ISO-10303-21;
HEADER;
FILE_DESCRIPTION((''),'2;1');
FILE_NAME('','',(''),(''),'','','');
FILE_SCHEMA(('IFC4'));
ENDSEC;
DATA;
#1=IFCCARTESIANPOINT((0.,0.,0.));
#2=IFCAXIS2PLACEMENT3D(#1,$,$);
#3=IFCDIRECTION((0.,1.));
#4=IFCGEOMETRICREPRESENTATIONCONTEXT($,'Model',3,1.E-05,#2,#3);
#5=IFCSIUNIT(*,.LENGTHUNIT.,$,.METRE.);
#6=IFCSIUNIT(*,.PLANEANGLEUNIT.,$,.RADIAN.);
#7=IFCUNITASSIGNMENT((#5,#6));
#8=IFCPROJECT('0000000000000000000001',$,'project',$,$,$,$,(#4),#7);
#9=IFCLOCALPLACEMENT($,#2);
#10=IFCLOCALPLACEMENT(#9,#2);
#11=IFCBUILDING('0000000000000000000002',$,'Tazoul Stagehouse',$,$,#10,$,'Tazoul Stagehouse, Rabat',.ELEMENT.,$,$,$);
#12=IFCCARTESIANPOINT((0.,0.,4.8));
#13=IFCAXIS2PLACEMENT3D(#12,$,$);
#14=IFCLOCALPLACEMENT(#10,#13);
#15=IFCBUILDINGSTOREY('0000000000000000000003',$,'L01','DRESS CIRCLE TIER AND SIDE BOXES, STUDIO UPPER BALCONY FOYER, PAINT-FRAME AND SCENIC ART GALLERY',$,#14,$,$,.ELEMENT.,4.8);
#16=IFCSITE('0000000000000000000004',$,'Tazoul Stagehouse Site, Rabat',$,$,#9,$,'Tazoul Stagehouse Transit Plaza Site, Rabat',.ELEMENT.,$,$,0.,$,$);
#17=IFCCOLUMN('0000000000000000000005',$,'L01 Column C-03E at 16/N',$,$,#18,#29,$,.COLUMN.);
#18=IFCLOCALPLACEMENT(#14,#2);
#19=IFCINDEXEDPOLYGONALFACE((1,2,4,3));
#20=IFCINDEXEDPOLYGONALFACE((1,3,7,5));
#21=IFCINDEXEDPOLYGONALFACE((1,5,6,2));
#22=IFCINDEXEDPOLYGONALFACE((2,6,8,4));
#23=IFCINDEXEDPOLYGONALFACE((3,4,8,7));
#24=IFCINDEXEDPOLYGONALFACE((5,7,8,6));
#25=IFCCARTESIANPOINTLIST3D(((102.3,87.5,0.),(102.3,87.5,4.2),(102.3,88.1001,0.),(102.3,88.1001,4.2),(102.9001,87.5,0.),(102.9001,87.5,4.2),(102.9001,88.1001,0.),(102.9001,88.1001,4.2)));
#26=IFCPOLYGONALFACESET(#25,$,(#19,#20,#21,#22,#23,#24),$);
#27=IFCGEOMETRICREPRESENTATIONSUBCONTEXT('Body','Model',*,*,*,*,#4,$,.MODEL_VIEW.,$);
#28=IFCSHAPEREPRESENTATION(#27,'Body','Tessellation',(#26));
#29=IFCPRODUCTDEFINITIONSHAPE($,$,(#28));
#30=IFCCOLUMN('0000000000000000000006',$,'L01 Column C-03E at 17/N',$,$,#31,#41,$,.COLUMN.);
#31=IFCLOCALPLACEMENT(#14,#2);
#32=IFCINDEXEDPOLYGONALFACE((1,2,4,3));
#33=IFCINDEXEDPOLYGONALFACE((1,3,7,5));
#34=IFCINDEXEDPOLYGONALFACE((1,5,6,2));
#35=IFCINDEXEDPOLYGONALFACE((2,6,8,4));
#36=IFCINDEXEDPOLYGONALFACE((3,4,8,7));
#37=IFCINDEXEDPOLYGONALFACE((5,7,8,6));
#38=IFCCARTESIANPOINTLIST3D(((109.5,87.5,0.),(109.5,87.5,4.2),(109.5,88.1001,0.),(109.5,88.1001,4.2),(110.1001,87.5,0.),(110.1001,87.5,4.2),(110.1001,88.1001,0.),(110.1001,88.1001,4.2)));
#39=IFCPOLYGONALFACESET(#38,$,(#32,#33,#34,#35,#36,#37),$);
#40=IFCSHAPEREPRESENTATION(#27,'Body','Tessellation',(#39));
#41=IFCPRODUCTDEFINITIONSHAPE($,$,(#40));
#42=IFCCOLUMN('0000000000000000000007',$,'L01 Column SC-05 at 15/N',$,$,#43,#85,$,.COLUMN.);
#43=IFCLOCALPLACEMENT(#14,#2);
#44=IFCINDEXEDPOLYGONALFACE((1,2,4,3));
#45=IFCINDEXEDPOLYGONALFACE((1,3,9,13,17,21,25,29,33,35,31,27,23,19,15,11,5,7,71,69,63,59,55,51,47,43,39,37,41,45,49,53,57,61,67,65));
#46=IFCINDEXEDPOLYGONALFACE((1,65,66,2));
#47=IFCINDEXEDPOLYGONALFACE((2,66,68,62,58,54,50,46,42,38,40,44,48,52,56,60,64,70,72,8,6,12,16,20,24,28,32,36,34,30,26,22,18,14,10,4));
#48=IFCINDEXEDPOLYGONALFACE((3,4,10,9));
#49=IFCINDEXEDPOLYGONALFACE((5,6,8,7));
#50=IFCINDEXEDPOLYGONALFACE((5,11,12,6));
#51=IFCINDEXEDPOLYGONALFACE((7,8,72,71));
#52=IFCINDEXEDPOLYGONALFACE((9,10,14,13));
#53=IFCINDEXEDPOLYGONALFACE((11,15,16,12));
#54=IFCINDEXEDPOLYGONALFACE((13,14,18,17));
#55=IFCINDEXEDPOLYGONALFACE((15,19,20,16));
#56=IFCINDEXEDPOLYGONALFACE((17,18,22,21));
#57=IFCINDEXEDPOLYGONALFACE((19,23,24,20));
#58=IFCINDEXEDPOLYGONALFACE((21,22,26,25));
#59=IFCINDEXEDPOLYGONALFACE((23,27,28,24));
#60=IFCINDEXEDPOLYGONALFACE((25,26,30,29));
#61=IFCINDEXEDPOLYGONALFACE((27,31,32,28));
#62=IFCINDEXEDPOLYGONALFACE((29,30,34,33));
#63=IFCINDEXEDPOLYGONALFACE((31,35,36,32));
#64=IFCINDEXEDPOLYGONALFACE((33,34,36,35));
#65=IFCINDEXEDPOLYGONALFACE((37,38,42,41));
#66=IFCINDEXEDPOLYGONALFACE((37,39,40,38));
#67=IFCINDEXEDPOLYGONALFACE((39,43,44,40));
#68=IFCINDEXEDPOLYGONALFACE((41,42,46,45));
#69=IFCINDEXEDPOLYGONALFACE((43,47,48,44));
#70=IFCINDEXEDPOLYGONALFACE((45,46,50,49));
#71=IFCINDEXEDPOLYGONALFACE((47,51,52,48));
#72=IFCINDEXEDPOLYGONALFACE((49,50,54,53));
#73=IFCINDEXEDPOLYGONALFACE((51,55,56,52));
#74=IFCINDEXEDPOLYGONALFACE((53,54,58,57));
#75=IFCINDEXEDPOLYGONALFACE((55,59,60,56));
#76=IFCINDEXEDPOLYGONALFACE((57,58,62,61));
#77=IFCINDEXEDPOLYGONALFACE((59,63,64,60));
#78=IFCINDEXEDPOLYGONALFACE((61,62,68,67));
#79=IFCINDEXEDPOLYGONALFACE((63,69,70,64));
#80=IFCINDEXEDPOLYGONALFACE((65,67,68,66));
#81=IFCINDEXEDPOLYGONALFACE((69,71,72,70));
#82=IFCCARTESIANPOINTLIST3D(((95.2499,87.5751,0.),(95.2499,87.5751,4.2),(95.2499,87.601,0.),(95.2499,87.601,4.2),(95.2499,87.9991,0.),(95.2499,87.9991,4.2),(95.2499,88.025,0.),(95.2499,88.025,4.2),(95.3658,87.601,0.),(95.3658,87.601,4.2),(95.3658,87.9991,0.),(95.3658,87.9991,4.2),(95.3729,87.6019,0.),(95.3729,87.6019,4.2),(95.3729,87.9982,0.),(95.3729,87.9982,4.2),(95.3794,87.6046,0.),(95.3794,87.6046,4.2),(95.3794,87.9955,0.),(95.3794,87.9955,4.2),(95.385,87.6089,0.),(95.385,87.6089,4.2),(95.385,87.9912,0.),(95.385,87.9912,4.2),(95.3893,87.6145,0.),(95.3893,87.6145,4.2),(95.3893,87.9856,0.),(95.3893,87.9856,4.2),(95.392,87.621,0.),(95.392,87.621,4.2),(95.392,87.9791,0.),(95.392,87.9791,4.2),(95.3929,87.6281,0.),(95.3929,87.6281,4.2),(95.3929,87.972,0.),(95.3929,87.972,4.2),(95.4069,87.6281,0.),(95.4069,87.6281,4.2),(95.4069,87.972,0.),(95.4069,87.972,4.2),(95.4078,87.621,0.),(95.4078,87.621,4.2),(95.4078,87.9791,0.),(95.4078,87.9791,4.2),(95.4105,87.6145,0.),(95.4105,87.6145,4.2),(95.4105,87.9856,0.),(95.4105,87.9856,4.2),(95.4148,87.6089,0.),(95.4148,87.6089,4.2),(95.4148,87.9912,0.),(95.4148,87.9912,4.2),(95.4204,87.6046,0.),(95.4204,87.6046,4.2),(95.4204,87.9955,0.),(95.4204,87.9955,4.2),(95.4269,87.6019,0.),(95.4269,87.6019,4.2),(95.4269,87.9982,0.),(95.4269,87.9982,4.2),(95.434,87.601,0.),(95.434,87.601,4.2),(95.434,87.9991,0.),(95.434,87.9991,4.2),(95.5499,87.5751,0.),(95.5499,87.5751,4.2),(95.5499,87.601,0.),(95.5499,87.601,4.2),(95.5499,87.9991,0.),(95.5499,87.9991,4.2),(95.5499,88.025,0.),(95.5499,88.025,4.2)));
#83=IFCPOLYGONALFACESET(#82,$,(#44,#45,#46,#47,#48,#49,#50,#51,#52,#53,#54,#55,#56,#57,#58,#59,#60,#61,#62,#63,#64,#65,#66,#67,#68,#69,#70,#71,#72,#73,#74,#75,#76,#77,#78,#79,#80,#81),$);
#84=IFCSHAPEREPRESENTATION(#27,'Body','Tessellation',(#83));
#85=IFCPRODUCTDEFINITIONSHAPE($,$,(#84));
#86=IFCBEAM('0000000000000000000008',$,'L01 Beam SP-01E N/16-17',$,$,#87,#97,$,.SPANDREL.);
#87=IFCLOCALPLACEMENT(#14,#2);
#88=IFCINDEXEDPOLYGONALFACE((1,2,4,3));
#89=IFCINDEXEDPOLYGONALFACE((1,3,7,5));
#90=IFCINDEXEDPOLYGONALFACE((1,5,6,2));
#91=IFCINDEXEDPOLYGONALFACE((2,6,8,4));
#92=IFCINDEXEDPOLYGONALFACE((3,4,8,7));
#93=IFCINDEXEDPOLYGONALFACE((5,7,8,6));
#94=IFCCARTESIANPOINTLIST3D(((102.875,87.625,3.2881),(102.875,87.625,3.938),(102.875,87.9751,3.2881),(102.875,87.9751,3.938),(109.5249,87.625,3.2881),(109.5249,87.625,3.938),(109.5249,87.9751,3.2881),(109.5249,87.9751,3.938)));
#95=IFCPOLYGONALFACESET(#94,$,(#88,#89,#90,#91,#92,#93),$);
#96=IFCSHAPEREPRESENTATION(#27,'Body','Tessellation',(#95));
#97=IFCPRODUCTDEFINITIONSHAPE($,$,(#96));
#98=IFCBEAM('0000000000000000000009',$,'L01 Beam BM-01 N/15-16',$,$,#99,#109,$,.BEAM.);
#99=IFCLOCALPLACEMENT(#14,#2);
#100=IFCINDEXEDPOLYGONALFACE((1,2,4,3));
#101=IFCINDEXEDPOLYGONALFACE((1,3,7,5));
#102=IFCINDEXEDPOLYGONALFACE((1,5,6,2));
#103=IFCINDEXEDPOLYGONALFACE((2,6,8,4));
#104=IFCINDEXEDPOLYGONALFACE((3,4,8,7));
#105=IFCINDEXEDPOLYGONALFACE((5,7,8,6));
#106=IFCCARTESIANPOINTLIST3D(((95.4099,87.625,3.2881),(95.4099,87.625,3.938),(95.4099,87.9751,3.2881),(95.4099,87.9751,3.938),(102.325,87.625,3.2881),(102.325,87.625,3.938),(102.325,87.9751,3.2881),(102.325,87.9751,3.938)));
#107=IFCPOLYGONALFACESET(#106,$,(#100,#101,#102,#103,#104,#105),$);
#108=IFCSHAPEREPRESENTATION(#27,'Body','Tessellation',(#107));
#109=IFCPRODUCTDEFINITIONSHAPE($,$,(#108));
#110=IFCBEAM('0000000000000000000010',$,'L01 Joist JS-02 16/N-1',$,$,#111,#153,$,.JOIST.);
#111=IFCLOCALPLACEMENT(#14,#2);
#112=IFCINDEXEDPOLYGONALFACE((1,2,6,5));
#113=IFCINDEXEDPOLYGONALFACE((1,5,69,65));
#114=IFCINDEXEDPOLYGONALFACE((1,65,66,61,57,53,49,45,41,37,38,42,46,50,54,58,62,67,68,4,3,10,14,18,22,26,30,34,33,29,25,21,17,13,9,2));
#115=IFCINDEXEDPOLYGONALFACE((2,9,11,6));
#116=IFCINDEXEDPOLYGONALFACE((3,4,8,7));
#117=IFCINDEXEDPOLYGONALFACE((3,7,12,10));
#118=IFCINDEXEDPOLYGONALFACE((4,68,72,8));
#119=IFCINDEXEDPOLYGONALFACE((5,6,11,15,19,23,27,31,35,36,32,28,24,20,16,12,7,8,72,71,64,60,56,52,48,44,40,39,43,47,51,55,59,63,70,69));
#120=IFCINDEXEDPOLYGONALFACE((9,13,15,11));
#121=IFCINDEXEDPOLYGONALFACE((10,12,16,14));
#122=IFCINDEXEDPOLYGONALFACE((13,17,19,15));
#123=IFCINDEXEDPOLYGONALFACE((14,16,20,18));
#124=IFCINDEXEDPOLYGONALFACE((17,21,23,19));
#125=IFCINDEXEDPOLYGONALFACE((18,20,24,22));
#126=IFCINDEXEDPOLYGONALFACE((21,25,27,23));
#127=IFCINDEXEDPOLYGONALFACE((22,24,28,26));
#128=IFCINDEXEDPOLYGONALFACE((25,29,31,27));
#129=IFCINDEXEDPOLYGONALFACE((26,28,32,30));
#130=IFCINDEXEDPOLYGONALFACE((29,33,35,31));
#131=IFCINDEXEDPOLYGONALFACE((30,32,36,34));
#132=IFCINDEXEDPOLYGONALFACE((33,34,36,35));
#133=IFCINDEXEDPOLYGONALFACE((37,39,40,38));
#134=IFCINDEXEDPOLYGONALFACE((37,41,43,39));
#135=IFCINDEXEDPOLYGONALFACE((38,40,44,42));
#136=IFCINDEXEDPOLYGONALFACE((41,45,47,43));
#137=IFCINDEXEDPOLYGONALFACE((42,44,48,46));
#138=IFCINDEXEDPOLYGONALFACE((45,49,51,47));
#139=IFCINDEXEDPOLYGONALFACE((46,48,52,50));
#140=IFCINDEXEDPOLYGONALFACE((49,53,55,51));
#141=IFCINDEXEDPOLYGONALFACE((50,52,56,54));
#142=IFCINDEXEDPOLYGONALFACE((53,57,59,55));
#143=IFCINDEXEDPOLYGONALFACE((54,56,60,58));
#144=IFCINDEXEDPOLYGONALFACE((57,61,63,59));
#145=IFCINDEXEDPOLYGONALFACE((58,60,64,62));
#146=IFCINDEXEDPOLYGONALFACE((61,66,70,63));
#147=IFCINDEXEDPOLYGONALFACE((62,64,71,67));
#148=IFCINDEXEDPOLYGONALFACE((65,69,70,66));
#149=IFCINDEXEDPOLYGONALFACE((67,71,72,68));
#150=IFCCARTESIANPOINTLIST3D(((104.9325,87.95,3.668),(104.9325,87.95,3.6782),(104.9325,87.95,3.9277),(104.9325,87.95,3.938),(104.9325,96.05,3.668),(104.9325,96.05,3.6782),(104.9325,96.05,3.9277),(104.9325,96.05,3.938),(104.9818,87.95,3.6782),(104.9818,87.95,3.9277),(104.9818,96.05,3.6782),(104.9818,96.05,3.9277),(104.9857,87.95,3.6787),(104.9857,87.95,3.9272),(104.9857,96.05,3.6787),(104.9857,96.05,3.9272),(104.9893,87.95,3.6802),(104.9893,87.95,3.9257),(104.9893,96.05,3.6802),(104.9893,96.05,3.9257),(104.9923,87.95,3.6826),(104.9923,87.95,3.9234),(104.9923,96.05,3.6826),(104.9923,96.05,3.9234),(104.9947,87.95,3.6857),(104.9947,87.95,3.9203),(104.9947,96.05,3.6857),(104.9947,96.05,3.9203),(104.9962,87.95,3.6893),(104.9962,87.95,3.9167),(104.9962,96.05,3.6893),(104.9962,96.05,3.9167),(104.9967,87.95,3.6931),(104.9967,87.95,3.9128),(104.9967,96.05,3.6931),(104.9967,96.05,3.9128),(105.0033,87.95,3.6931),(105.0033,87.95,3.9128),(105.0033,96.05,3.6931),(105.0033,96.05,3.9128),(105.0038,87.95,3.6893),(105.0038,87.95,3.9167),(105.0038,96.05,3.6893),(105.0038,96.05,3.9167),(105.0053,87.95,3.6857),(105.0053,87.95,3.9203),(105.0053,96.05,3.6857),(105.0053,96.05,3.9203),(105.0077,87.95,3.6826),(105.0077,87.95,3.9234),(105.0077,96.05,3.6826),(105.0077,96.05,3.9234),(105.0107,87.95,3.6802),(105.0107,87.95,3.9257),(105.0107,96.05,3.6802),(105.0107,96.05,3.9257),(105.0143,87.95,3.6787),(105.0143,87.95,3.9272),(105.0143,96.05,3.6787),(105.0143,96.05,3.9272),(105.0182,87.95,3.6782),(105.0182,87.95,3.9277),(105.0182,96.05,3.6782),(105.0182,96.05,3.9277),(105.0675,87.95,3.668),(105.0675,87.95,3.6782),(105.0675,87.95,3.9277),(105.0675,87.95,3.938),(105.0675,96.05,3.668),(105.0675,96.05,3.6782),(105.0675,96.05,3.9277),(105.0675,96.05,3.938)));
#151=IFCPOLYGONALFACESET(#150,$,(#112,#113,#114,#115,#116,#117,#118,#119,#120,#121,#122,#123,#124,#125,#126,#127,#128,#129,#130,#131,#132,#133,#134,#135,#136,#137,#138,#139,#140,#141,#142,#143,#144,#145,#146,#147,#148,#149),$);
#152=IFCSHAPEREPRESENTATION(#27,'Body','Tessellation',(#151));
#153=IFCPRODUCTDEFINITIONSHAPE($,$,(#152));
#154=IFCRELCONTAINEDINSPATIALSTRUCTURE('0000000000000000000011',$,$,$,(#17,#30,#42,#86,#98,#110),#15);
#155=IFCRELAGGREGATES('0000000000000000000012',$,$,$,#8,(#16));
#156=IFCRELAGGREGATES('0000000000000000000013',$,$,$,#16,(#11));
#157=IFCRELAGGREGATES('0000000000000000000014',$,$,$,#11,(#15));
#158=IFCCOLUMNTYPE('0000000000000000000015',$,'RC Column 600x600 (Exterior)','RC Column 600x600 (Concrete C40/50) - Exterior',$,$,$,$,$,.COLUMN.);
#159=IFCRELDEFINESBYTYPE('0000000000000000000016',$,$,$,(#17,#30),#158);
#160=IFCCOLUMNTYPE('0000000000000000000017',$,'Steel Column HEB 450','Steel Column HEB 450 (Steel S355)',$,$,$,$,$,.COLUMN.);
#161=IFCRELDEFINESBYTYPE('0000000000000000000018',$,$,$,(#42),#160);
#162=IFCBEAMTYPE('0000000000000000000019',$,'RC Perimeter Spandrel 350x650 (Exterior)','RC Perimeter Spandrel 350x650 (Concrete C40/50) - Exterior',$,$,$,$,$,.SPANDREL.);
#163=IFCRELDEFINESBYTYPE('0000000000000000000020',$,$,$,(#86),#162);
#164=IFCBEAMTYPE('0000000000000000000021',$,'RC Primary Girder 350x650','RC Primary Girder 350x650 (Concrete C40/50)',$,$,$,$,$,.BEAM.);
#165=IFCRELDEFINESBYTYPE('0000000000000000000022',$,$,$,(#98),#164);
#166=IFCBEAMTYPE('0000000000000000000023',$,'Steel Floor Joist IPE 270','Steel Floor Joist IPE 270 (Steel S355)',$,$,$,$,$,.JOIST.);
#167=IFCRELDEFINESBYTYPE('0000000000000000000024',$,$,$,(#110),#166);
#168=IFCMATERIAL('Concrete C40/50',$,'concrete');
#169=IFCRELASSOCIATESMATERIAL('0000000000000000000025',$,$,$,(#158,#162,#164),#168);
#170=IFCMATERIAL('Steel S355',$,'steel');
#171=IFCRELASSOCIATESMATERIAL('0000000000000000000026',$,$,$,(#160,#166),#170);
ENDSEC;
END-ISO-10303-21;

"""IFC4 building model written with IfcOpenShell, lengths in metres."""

from ifc_helpers import new_model, si_unit, direction, frame, origin, origin_2d, place, context, subcontext, project, spatial, rectangle, i_section, extrude, material, material_profile, profile_set, type_object, element, save


model = new_model("IFC4")

# Units and contexts
model_context = context("Model", 3, precision=1e-05, world=origin(), true_north=direction((0.0, 1.0)))
body_context = subcontext(model_context, "Body", "Model", "MODEL_VIEW")
ifc_project = project(units=[si_unit("LENGTHUNIT", "METRE"), si_unit("PLANEANGLEUNIT", "RADIAN")], contexts=[model_context])

# Site, building, storey
site_placement = place(None, origin())
site = spatial("IfcSite", under=ifc_project, at=site_placement, Name="Tazoul Stagehouse Site, Rabat", LongName="Tazoul Stagehouse Transit Plaza Site, Rabat", CompositionType="ELEMENT", RefElevation=0.0)
building_placement = place(site_placement, origin())
building = spatial("IfcBuilding", under=site, at=building_placement, Name="Tazoul Stagehouse", LongName="Tazoul Stagehouse, Rabat", CompositionType="ELEMENT")
storey_placement = place(building_placement, frame((0.0, 0.0, 4.8)))
storey = spatial("IfcBuildingStorey", under=building, at=storey_placement, Name="L01", Description="DRESS CIRCLE TIER AND SIDE BOXES, STUDIO UPPER BALCONY FOYER, PAINT-FRAME AND SCENIC ART GALLERY", CompositionType="ELEMENT", Elevation=4.8)

# Columns
ifc_material_1 = material(Name="Concrete C40/50", Category="concrete")
ifc_material_profile_1 = material_profile(ifc_material_1, rectangle(XDim=0.6001, YDim=0.6001, at=origin_2d()), Name="RC 600x600")
ifc_profile_set_1 = profile_set([ifc_material_profile_1], Name="Concrete C40/50")
column_type_1 = type_object("IfcColumnType", Name="RC Column 600x600 (Exterior)", Description="RC Column 600x600 (Concrete C40/50) - Exterior", PredefinedType="COLUMN", material=ifc_profile_set_1)
for number, where, z_axis, x_axis, name in (
    (1, (102.6001, 87.8, 0.0), (0.0, 0.0, 1.0), (1.0, 0.0, 0.0), "L01 Column C-03E at 16/N"),
    (2, (109.8, 87.8, 0.0), (0.0, 0.0, 1.0), (1.0, 0.0, 0.0), "L01 Column C-03E at 17/N"),
):
    element("IfcColumn", number, at=place(storey_placement, frame(where, z_axis=z_axis, x_axis=x_axis)), inside=storey, type_object=column_type_1, Name=name, PredefinedType="COLUMN", context=body_context, shape_type="SweptSolid", body=[
        extrude(rectangle(XDim=0.6001, YDim=0.6001, at=origin_2d()), origin(), (0.0, 0.0, 1.0), 4.2),
    ])
ifc_material_2 = material(Name="Steel S355", Category="steel")
ifc_material_profile_2 = material_profile(ifc_material_2, i_section(OverallWidth=0.3, OverallDepth=0.45, WebThickness=0.0139, FlangeThickness=0.0259, FilletRadius=0.0271, at=origin_2d()), Name="HEB 450")
ifc_profile_set_2 = profile_set([ifc_material_profile_2], Name="Steel S355")
column_type_2 = type_object("IfcColumnType", Name="Steel Column HEB 450", Description="Steel Column HEB 450 (Steel S355)", PredefinedType="COLUMN", material=ifc_profile_set_2)
column_placement = place(storey_placement, frame((95.3999, 87.8, 0.0), z_axis=(0.0, 0.0, 1.0), x_axis=(1.0, 0.0, 0.0)))
element("IfcColumn", 3, at=column_placement, inside=storey, type_object=column_type_2, Name="L01 Column SC-05 at 15/N", PredefinedType="COLUMN", context=body_context, shape_type="SweptSolid", body=[
    extrude(i_section(OverallWidth=0.3, OverallDepth=0.45, WebThickness=0.0139, FlangeThickness=0.0259, FilletRadius=0.0271, at=origin_2d()), origin(), (0.0, 0.0, 1.0), 4.2),
])

# Beams
ifc_material_profile_3 = material_profile(ifc_material_1, rectangle(XDim=0.3501, YDim=0.6499, at=origin_2d()), Name="RC 350x650")
ifc_profile_set_3 = profile_set([ifc_material_profile_3], Name="Concrete C40/50")
beam_type_1 = type_object("IfcBeamType", Name="RC Perimeter Spandrel 350x650 (Exterior)", Description="RC Perimeter Spandrel 350x650 (Concrete C40/50) - Exterior", PredefinedType="SPANDREL", material=ifc_profile_set_3)
beam_1_placement = place(storey_placement, frame((102.875, 87.8, 3.613), z_axis=(1.0, 0.0, 0.0), x_axis=(0.0, 1.0, 0.0)))
element("IfcBeam", 4, at=beam_1_placement, inside=storey, type_object=beam_type_1, Name="L01 Beam SP-01E N/16-17", PredefinedType="SPANDREL", context=body_context, shape_type="SweptSolid", body=[
    extrude(rectangle(XDim=0.3501, YDim=0.6499, at=origin_2d()), origin(), (0.0, 0.0, 1.0), 6.6499),
])
ifc_material_profile_4 = material_profile(ifc_material_1, rectangle(XDim=0.3501, YDim=0.6499, at=origin_2d()), Name="RC 350x650")
ifc_profile_set_4 = profile_set([ifc_material_profile_4], Name="Concrete C40/50")
beam_type_2 = type_object("IfcBeamType", Name="RC Primary Girder 350x650", Description="RC Primary Girder 350x650 (Concrete C40/50)", PredefinedType="BEAM", material=ifc_profile_set_4)
beam_2_placement = place(storey_placement, frame((95.4099, 87.8, 3.613), z_axis=(1.0, 0.0, 0.0), x_axis=(0.0, 1.0, 0.0)))
element("IfcBeam", 5, at=beam_2_placement, inside=storey, type_object=beam_type_2, Name="L01 Beam BM-01 N/15-16", PredefinedType="BEAM", context=body_context, shape_type="SweptSolid", body=[
    extrude(rectangle(XDim=0.3501, YDim=0.6499, at=origin_2d()), origin(), (0.0, 0.0, 1.0), 6.915),
])
ifc_material_profile_5 = material_profile(ifc_material_2, i_section(OverallWidth=0.135, OverallDepth=0.27, WebThickness=0.0066, FlangeThickness=0.0103, FilletRadius=0.0149, at=origin_2d()), Name="IPE 270")
ifc_profile_set_5 = profile_set([ifc_material_profile_5], Name="Steel S355")
beam_type_3 = type_object("IfcBeamType", Name="Steel Floor Joist IPE 270", Description="Steel Floor Joist IPE 270 (Steel S355)", PredefinedType="JOIST", material=ifc_profile_set_5)
for number, where, z_axis, x_axis, name in (
    (6, (105.0, 87.95, 3.803), (0.0, 1.0, 0.0), (-1.0, 0.0, 0.0), "L01 Joist JS-02 16/N-1"),
):
    element("IfcBeam", number, at=place(storey_placement, frame(where, z_axis=z_axis, x_axis=x_axis)), inside=storey, type_object=beam_type_3, Name=name, PredefinedType="JOIST", context=body_context, shape_type="SweptSolid", body=[
        extrude(i_section(OverallWidth=0.135, OverallDepth=0.27, WebThickness=0.0066, FlangeThickness=0.0103, FilletRadius=0.0149, at=origin_2d()), origin(), (0.0, 0.0, 1.0), 8.1001),
    ])

save(model, "model.ifc")
